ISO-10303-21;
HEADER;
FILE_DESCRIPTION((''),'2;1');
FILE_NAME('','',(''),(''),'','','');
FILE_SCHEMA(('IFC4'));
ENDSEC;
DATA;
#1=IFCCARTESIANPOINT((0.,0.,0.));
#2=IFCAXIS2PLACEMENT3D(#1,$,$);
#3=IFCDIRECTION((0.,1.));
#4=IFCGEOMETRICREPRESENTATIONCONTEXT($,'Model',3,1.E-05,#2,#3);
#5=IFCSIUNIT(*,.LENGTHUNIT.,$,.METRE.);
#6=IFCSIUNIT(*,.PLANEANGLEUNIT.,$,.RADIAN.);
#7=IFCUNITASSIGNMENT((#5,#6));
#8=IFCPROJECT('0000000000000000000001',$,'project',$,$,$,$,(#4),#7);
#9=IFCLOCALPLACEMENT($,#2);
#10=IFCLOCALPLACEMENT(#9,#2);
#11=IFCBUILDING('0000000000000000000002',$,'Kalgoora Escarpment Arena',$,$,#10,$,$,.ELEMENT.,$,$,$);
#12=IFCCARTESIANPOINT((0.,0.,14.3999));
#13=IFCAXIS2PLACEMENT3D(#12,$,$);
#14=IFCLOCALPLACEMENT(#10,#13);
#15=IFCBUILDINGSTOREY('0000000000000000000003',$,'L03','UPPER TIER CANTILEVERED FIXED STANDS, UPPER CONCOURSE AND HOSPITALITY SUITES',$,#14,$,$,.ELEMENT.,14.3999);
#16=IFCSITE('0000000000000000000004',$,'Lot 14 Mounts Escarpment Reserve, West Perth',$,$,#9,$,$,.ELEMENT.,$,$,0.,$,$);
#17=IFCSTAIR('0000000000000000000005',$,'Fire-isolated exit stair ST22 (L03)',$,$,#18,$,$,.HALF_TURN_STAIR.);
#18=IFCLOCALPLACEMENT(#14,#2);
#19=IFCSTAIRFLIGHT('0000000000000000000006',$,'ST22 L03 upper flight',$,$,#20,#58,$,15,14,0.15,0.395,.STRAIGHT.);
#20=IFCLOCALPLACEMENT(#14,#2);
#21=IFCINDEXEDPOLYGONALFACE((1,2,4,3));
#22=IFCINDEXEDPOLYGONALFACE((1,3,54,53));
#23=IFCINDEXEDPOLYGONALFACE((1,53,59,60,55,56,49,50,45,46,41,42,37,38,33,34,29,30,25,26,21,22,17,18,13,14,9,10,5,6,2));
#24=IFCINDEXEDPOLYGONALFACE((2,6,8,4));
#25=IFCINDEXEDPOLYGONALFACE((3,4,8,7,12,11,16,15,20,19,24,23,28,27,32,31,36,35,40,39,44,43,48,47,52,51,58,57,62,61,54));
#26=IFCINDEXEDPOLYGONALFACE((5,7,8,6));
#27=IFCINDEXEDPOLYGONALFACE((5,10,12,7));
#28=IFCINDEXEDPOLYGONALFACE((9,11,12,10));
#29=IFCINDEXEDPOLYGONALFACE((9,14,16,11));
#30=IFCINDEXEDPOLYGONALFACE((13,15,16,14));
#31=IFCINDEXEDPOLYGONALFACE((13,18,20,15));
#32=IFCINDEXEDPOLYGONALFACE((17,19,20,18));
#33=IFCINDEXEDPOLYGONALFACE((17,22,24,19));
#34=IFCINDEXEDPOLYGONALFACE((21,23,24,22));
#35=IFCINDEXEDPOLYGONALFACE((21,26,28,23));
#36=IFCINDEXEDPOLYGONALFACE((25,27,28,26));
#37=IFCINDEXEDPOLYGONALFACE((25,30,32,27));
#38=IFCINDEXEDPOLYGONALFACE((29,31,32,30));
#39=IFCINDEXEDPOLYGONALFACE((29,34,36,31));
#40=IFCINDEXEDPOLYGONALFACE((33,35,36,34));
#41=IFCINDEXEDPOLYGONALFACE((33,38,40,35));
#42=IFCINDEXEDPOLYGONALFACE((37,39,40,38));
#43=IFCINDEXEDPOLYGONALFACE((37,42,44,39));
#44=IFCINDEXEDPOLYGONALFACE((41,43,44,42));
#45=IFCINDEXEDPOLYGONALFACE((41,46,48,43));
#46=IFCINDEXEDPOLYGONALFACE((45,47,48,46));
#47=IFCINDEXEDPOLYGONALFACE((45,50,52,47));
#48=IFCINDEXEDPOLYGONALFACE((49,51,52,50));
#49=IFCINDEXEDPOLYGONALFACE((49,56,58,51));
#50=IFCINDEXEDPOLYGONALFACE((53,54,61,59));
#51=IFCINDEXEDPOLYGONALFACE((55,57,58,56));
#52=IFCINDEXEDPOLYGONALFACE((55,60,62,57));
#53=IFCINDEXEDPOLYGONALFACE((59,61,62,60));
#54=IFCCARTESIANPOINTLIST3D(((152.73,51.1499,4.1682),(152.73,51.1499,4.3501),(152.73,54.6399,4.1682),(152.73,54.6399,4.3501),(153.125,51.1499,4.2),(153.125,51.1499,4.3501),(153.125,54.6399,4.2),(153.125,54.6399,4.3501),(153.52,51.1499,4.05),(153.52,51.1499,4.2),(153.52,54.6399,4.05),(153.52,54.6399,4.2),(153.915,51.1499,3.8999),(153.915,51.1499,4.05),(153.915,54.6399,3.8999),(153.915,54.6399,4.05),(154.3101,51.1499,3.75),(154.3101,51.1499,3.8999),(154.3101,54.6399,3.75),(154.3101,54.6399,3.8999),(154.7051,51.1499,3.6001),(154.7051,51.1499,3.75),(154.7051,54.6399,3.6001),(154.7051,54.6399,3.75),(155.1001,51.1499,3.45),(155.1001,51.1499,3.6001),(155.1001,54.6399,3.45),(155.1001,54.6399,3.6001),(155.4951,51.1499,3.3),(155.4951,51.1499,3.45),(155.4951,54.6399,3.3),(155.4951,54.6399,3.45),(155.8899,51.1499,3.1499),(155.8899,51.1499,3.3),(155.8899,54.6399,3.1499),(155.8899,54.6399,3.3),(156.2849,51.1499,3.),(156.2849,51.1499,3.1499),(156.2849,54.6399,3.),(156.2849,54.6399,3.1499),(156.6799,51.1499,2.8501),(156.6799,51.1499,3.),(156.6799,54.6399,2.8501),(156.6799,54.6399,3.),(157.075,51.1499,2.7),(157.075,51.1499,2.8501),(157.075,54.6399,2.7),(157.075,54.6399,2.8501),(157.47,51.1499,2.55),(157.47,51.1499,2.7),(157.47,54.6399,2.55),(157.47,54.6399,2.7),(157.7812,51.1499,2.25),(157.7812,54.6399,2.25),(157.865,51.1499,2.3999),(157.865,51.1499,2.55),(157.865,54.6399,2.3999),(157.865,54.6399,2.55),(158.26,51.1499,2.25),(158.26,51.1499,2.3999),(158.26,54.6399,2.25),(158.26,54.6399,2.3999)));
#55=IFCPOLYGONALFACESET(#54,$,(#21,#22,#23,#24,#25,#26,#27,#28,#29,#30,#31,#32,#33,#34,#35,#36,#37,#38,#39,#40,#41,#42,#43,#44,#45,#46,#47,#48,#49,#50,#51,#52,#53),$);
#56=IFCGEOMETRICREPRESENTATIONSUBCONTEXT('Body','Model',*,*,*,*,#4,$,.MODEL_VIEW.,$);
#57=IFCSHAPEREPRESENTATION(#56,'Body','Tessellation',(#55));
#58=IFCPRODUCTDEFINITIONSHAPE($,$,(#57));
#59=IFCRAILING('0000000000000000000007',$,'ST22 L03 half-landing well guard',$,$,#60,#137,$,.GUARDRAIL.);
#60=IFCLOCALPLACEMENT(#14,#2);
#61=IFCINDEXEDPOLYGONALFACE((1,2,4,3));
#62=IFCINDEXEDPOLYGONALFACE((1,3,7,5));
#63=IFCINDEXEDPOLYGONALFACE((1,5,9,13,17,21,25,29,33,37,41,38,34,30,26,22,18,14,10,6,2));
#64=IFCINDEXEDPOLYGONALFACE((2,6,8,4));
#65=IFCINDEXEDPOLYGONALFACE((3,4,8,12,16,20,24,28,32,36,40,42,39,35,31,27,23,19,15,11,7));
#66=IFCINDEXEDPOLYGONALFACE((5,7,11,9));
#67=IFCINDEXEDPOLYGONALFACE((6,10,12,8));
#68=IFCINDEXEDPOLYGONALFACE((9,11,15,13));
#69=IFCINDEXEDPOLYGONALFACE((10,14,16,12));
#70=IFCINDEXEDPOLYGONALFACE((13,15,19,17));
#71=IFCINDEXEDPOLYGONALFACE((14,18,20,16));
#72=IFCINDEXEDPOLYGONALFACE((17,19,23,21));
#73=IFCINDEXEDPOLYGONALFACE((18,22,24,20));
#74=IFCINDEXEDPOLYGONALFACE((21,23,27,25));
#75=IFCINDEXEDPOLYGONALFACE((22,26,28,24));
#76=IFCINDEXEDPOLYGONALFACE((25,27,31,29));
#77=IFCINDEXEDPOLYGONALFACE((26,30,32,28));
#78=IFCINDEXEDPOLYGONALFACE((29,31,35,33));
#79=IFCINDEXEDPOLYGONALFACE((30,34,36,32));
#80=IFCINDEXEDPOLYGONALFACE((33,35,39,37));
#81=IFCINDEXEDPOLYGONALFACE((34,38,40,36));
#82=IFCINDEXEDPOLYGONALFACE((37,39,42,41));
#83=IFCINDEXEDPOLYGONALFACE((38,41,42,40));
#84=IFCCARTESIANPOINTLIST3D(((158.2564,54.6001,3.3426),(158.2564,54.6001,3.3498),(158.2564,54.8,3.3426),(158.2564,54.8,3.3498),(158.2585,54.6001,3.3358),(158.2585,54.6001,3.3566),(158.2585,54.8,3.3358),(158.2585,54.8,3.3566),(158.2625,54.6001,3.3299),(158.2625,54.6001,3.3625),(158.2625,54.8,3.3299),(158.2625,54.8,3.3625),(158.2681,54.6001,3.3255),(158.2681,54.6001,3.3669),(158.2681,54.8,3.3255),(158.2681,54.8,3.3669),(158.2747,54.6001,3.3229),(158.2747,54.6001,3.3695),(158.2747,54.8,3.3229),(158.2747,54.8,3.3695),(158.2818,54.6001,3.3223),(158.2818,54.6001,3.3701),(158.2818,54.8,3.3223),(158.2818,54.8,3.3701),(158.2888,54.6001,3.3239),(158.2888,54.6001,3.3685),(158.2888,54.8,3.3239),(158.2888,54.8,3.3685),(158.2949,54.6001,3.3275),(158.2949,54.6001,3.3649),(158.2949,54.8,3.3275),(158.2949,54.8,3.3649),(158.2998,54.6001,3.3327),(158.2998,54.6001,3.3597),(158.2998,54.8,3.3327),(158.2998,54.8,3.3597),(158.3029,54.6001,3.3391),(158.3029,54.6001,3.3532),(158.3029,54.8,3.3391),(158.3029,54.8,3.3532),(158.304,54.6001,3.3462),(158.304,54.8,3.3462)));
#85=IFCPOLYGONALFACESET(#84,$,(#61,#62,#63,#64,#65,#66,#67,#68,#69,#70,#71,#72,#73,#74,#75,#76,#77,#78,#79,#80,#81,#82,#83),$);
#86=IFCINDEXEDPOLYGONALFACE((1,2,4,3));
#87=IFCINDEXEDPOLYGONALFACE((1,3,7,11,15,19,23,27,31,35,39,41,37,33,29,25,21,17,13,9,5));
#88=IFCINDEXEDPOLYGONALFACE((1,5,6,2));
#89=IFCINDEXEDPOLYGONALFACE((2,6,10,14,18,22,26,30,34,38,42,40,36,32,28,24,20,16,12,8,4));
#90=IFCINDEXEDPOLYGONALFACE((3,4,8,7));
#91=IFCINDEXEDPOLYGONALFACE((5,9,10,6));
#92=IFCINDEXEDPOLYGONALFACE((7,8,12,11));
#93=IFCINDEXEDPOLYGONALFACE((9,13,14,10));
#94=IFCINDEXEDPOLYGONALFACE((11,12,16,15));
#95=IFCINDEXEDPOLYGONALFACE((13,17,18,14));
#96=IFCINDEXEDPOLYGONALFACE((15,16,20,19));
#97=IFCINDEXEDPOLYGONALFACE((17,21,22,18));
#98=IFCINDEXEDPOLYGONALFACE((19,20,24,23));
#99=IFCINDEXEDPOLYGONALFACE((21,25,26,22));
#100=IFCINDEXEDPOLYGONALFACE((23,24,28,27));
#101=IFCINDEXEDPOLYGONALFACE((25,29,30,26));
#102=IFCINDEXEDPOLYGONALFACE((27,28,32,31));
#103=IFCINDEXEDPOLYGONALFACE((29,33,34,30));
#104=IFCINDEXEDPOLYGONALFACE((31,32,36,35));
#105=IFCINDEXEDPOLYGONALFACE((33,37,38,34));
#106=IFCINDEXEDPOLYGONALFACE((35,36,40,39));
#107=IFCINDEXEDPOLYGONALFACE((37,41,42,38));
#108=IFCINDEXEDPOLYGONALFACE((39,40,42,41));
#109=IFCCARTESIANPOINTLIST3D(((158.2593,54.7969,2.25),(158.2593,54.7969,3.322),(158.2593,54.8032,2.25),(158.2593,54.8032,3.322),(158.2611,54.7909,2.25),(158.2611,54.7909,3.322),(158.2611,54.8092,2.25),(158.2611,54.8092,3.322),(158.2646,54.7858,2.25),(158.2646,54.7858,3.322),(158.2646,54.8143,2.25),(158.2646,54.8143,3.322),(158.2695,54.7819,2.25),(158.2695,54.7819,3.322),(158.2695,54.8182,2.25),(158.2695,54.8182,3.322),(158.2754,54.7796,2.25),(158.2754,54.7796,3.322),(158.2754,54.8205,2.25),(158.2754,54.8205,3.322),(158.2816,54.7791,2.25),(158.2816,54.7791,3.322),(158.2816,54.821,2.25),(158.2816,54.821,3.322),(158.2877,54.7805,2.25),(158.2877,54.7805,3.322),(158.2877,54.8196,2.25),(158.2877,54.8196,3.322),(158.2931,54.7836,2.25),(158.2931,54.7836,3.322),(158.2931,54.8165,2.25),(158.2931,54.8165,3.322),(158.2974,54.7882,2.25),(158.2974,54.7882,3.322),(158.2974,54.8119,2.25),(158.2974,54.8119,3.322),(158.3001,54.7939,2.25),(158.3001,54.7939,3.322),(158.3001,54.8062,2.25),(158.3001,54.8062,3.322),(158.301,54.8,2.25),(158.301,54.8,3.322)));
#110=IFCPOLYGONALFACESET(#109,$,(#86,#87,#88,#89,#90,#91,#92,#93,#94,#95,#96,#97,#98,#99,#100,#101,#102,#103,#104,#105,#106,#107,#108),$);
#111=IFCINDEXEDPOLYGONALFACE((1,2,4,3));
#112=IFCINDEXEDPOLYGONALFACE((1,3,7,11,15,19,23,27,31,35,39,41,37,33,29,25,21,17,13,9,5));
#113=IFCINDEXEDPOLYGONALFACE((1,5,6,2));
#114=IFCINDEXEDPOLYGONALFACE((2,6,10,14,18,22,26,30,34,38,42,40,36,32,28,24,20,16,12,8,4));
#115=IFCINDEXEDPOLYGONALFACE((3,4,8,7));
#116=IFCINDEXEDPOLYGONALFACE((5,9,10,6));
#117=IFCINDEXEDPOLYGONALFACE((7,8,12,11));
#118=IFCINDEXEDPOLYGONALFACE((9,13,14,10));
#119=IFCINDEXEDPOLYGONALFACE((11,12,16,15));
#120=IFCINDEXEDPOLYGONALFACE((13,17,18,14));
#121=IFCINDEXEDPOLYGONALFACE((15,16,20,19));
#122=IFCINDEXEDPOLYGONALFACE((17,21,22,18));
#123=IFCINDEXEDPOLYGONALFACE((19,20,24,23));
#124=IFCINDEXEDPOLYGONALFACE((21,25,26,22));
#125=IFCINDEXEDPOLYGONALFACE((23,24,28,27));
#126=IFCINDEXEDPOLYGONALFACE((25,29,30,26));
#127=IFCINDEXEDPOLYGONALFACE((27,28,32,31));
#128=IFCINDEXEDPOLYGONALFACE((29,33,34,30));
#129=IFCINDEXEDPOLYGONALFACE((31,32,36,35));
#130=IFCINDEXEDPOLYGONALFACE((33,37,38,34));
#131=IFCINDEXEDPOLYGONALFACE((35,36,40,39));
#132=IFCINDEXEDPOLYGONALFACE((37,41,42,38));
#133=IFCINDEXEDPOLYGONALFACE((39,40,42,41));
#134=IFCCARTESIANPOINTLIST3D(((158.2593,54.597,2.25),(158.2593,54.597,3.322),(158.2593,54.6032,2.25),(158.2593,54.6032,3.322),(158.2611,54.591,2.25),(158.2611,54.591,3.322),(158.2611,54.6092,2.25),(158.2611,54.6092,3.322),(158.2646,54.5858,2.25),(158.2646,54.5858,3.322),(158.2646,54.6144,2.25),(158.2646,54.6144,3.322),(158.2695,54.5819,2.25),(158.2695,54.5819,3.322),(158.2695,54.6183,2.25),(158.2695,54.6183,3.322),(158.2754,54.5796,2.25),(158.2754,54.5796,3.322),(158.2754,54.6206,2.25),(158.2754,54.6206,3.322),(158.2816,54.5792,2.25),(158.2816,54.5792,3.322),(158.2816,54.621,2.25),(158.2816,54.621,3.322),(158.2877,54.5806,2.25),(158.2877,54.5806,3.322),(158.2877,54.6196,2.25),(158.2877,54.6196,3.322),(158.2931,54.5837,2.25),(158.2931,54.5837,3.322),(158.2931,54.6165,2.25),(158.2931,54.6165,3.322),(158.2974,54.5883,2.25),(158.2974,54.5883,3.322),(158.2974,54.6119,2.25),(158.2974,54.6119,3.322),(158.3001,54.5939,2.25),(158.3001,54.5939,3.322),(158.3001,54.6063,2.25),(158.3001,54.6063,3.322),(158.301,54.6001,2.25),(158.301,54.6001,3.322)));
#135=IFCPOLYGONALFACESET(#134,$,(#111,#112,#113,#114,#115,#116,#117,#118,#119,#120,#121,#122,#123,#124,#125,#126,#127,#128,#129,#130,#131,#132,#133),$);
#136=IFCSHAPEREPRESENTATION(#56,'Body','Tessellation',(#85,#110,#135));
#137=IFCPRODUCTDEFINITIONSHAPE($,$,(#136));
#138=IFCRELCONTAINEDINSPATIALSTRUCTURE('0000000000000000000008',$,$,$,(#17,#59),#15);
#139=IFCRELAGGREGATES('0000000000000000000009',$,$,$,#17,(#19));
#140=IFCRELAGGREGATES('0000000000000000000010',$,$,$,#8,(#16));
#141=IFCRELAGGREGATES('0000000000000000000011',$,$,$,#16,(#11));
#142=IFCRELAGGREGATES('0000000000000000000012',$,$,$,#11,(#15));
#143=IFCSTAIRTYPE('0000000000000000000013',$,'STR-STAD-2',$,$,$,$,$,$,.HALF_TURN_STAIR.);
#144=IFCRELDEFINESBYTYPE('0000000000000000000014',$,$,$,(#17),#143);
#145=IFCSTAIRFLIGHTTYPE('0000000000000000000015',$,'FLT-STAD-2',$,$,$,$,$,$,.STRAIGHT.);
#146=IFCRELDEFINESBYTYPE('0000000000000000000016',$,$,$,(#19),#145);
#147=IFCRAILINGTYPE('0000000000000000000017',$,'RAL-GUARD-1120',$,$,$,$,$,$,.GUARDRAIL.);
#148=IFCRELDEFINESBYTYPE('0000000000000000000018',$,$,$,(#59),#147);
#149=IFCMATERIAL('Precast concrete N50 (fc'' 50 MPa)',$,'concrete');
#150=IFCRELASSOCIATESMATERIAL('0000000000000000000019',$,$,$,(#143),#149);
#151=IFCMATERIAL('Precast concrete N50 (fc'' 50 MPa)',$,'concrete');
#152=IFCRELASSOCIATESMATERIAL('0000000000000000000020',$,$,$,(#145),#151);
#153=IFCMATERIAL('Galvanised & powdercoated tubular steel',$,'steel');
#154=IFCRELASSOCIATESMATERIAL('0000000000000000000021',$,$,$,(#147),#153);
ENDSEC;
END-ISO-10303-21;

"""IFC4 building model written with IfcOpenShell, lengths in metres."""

from ifc_helpers import new_model, si_unit, direction, frame, origin, origin_2d, place, context, subcontext, project, spatial, polyline, circle, outline, extrude, material, type_object, element, aggregate, save


model = new_model("IFC4")

# Units and contexts
model_context = context("Model", 3, precision=1e-05, world=origin(), true_north=direction((0.0, 1.0)))
body_context = subcontext(model_context, "Body", "Model", "MODEL_VIEW")
ifc_project = project(units=[si_unit("LENGTHUNIT", "METRE"), si_unit("PLANEANGLEUNIT", "RADIAN")], contexts=[model_context])

# Site, building, storey
site_placement = place(None, origin())
site = spatial("IfcSite", under=ifc_project, at=site_placement, Name="Lot 14 Mounts Escarpment Reserve, West Perth", CompositionType="ELEMENT", RefElevation=0.0)
building_placement = place(site_placement, origin())
building = spatial("IfcBuilding", under=site, at=building_placement, Name="Kalgoora Escarpment Arena", CompositionType="ELEMENT")
storey_placement = place(building_placement, frame((0.0, 0.0, 14.3999)))
storey = spatial("IfcBuildingStorey", under=building, at=storey_placement, Name="L03", Description="UPPER TIER CANTILEVERED FIXED STANDS, UPPER CONCOURSE AND HOSPITALITY SUITES", CompositionType="ELEMENT", Elevation=14.3999)

# Stair, stair flight
ifc_material_1 = material(Name="Precast concrete N50 (fc' 50 MPa)", Category="concrete")
stair_type = type_object("IfcStairType", Name="STR-STAD-2", PredefinedType="HALF_TURN_STAIR", material=ifc_material_1)
stair_placement = place(storey_placement, origin())
stair = element("IfcStair", 1, at=stair_placement, inside=storey, type_object=stair_type, Name="Fire-isolated exit stair ST22 (L03)", PredefinedType="HALF_TURN_STAIR")
ifc_material_2 = material(Name="Precast concrete N50 (fc' 50 MPa)", Category="concrete")
stair_flight_type = type_object("IfcStairFlightType", Name="FLT-STAD-2", PredefinedType="STRAIGHT", material=ifc_material_2)
stair_flight_1_placement = place(storey_placement, frame((158.26, 52.895, 2.25), z_axis=(0.0, 0.0, 1.0), x_axis=(-1.0, 0.0, 0.0)))
stair_flight_1 = element("IfcStairFlight", 2, at=stair_flight_1_placement, type_object=stair_flight_type, Name="ST22 L03 upper flight", NumberOfRisers=15, NumberOfTreads=14, PredefinedType="STRAIGHT", RiserHeight=0.15, TreadLength=0.395, context=body_context, shape_type="SweptSolid", body=[
    extrude(outline(polyline([(0.0, 0.0), (0.0, 0.1499), (0.395, 0.1499), (0.395, 0.3), (0.79, 0.3), (0.79, 0.45), (1.1851, 0.45), (1.1851, 0.6001), (1.5801, 0.6001), (1.5801, 0.75), (1.9751, 0.75), (1.9751, 0.8999), (2.3701, 0.8999), (2.3701, 1.05), (2.7649, 1.05), (2.7649, 1.2), (3.1599, 1.2), (3.1599, 1.3501), (3.5549, 1.3501), (3.5549, 1.5), (3.95, 1.5), (3.95, 1.6499), (4.345, 1.6499), (4.345, 1.8), (4.74, 1.8), (4.74, 1.95), (5.135, 1.95), (5.135, 2.1001), (5.53, 2.1001), (5.53, 2.25), (5.53, 1.9182), (0.4788, 0.0), (0.0, 0.0)])), frame((0.0, 1.7451, 0.0), z_axis=(0.0, -1.0, 0.0), x_axis=(1.0, 0.0, 0.0)), (0.0, 0.0, 1.0), 3.49),
])
aggregate(stair, [stair_flight_1])

# Railing
ifc_material_3 = material(Name="Galvanised & powdercoated tubular steel", Category="steel")
railing_type_1 = type_object("IfcRailingType", Name="RAL-GUARD-1120", PredefinedType="GUARDRAIL", material=ifc_material_3)
railing_1_placement = place(storey_placement, frame((158.28, 54.8, 2.25)))
element("IfcRailing", 3, at=railing_1_placement, inside=storey, type_object=railing_type_1, Name="ST22 L03 half-landing well guard", PredefinedType="GUARDRAIL", context=body_context, shape_type="SweptSolid", body=[
    extrude(circle(Radius=0.0239, at=origin_2d()), frame((0.0, 0.0, 1.0962), z_axis=(0.0, -1.0, 0.0), x_axis=(1.0, 0.0, 0.0)), (0.0, 0.0, 1.0), 0.2),
    extrude(circle(Radius=0.021, at=origin_2d()), origin(), (0.0, 0.0, 1.0), 1.072),
    extrude(circle(Radius=0.021, at=origin_2d()), frame((0.0, -0.2, 0.0)), (0.0, 0.0, 1.0), 1.072),
])

save(model, "model.ifc")
